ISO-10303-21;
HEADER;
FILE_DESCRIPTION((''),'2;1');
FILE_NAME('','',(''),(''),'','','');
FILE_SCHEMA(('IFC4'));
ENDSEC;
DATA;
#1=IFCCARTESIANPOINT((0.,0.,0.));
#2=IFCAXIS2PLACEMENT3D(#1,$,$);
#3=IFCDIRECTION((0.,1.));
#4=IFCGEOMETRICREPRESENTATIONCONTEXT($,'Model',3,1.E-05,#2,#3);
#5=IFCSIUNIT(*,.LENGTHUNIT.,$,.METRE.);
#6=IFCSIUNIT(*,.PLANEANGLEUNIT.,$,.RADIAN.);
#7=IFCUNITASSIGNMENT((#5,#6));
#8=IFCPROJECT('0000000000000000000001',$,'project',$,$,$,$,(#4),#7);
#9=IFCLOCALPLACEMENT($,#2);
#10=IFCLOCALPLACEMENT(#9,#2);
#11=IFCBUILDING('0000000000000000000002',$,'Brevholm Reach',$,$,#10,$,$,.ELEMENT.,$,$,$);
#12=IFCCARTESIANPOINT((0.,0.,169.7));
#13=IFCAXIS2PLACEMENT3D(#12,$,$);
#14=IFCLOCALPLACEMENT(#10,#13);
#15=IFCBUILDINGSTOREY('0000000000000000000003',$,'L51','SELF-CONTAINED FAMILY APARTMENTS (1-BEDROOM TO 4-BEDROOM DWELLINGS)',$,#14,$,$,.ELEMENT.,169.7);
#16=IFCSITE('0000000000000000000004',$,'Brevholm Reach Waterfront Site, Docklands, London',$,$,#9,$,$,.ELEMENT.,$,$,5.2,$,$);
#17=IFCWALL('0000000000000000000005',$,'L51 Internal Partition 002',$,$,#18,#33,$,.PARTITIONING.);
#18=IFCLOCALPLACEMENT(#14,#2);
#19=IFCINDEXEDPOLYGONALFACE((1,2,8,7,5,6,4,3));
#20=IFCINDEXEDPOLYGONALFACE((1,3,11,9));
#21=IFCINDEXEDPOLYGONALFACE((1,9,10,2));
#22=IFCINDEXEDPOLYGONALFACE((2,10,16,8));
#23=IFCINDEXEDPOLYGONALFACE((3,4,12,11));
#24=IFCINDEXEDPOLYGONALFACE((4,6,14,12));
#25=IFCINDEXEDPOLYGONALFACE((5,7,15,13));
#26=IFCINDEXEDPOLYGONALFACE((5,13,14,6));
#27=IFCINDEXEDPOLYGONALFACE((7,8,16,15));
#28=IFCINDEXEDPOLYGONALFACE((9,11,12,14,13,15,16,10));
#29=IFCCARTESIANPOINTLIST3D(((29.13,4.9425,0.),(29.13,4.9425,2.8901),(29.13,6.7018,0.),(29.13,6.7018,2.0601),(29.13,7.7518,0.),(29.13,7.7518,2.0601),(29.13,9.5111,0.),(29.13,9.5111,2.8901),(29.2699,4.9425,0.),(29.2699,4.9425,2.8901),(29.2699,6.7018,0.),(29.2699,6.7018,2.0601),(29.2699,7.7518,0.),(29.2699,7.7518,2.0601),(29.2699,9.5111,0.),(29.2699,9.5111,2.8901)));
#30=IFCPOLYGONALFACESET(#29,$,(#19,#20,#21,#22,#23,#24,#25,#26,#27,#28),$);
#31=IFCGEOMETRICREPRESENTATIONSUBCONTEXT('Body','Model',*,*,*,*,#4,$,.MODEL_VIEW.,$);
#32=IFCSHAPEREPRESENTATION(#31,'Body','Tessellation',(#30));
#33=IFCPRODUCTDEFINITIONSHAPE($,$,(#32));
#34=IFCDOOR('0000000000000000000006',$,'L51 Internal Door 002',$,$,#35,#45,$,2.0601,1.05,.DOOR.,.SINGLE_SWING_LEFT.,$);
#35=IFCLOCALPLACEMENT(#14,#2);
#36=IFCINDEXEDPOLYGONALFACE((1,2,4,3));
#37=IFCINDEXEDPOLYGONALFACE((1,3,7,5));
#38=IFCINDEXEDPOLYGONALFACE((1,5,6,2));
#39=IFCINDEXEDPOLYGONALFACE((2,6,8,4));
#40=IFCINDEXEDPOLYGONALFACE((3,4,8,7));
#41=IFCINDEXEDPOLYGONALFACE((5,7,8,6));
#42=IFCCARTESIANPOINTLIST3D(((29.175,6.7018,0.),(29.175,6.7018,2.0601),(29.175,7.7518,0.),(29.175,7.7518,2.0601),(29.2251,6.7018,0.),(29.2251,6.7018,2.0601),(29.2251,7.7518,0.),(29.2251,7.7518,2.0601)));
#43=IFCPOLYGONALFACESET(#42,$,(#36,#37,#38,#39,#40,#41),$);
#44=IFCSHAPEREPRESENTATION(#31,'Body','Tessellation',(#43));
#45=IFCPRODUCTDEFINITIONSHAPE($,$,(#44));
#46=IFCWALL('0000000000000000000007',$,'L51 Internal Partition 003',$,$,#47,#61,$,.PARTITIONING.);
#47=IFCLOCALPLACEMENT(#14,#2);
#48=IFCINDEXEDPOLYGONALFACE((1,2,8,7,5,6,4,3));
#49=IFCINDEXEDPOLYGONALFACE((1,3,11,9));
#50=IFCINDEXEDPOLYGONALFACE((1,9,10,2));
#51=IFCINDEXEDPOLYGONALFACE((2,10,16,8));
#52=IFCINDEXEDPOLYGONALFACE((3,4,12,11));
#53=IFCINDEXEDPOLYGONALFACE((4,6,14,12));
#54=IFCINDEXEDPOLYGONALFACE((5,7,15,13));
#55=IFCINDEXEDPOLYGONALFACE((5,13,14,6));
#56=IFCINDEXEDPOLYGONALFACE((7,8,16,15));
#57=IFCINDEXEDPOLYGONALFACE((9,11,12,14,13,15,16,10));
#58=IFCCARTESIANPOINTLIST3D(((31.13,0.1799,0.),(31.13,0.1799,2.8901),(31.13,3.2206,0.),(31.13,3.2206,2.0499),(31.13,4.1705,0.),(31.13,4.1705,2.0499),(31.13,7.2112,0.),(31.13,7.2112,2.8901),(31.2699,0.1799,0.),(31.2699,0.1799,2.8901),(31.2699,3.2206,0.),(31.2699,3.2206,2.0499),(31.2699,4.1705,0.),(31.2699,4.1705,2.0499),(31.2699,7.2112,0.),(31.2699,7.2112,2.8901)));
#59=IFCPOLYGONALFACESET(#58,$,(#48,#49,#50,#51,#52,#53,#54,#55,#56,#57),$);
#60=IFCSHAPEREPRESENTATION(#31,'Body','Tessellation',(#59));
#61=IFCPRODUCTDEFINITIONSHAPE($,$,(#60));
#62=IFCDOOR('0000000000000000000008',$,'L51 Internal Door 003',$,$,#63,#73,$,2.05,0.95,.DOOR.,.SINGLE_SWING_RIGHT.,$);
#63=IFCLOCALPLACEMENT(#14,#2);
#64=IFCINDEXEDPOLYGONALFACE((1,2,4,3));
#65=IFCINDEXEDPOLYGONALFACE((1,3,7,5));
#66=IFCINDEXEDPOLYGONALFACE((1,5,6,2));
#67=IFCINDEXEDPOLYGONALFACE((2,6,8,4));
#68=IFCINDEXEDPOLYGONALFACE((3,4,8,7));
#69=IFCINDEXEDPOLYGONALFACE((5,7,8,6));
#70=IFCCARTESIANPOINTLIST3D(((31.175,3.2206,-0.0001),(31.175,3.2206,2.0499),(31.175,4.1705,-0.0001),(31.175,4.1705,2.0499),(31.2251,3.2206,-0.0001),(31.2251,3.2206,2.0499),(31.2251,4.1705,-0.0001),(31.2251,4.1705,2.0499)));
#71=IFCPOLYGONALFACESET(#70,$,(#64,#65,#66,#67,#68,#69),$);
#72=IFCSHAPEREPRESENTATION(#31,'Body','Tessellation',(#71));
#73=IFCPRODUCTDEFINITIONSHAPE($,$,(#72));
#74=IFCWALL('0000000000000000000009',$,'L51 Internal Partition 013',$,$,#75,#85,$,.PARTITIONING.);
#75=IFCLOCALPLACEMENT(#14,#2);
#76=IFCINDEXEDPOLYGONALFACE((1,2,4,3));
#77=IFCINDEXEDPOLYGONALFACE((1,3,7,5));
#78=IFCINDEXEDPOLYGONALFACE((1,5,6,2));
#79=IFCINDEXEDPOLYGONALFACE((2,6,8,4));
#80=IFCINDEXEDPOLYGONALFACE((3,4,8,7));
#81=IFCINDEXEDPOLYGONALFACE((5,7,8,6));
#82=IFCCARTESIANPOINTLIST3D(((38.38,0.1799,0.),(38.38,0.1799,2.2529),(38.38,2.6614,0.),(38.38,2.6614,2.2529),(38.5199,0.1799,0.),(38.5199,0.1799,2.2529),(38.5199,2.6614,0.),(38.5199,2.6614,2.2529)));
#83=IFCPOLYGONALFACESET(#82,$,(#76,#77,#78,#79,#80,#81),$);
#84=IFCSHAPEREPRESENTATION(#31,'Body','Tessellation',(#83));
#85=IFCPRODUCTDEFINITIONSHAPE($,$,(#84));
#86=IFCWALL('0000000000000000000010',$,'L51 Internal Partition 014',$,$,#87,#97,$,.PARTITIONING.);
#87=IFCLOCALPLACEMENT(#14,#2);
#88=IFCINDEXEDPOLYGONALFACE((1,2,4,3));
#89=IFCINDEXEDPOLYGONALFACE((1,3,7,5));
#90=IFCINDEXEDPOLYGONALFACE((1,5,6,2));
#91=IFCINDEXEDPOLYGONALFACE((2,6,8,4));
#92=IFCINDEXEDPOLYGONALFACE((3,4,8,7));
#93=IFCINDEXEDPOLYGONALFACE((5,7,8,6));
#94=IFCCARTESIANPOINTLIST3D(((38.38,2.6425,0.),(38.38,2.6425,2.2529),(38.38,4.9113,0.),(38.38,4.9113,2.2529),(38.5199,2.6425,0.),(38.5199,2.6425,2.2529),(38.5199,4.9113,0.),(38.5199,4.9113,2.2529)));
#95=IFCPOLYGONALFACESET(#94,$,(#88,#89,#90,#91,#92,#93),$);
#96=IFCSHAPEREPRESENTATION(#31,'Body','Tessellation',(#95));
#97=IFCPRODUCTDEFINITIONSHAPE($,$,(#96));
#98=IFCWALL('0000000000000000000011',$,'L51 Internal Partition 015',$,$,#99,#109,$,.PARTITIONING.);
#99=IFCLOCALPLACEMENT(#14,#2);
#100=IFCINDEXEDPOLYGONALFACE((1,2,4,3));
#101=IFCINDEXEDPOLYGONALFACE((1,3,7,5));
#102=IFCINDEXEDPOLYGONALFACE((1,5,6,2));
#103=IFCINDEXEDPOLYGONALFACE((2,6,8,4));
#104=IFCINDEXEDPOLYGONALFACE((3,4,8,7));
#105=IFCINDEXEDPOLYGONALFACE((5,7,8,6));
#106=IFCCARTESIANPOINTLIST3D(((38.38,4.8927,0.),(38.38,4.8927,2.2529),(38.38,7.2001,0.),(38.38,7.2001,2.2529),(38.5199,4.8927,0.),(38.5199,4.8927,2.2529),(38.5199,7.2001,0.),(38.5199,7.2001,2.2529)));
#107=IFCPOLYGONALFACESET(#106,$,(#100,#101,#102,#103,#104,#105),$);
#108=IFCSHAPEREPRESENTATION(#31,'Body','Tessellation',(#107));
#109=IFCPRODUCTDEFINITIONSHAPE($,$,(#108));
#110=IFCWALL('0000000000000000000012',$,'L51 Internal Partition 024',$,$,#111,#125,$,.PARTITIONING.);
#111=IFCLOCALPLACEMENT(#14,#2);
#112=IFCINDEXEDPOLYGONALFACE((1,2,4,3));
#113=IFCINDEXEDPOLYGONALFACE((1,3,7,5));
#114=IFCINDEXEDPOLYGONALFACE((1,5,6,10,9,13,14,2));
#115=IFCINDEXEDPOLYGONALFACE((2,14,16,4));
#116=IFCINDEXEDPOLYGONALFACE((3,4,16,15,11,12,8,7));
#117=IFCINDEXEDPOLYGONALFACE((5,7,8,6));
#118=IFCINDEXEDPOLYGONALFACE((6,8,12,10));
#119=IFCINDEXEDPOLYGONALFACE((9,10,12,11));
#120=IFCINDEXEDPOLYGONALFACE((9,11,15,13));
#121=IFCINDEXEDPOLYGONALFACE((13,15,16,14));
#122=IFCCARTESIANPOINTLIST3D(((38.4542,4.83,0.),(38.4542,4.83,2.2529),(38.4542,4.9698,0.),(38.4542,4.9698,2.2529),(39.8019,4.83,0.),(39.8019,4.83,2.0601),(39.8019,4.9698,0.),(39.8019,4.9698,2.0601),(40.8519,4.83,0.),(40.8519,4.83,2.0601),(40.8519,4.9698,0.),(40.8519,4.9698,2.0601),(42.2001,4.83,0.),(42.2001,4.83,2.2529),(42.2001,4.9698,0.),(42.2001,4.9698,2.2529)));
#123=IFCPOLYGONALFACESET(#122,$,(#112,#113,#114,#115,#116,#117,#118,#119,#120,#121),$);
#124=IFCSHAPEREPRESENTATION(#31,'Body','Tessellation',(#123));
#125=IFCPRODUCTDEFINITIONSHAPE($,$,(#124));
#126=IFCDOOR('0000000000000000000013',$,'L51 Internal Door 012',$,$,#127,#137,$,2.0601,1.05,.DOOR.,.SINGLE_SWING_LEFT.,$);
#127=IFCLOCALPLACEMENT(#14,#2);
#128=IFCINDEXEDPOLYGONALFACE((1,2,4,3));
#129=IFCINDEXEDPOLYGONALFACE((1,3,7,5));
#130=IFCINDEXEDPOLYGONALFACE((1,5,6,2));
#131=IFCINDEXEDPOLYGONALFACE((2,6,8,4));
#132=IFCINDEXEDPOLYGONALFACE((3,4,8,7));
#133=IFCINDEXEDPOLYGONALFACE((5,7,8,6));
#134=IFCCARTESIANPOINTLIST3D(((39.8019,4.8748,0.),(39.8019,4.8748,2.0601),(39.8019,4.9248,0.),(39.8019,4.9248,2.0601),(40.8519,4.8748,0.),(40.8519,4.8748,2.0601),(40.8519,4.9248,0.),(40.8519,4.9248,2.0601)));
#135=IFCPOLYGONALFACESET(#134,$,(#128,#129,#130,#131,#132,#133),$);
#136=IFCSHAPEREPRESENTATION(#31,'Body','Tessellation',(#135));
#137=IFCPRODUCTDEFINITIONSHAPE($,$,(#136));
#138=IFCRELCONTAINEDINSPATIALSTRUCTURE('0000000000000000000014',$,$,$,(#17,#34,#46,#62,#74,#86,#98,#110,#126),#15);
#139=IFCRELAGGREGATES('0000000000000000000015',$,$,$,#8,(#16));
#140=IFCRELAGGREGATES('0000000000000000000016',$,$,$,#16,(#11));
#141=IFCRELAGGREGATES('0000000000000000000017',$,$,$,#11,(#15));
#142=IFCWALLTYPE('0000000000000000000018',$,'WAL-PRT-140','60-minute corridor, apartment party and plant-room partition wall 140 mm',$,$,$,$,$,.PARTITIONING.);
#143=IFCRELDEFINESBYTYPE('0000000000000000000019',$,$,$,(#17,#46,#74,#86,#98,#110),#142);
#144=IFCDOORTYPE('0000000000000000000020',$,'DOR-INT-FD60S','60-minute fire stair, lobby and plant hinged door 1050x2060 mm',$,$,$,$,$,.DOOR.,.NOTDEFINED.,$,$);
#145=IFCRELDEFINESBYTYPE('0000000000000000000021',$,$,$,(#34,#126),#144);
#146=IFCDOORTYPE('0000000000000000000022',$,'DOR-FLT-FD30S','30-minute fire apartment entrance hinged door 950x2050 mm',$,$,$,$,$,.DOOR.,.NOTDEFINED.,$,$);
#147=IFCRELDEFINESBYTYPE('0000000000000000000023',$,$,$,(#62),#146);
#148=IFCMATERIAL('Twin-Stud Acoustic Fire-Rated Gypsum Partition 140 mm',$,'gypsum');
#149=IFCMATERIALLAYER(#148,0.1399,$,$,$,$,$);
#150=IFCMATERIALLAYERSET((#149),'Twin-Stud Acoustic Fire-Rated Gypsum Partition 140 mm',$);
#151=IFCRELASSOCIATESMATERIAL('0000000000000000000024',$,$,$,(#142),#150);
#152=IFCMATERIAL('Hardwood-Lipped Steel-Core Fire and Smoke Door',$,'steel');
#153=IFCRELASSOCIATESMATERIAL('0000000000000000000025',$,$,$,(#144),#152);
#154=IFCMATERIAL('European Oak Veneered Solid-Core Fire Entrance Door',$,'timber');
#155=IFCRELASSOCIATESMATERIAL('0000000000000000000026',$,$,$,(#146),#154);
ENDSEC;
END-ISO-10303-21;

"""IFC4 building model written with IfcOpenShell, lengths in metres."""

from ifc_helpers import new_model, si_unit, direction, frame, frame_2d, origin, place, context, subcontext, project, spatial, rectangle, extrude, material, layer, layer_set, type_object, element, fill, save


model = new_model("IFC4")

# Units and contexts
model_context = context("Model", 3, precision=1e-05, world=origin(), true_north=direction((0.0, 1.0)))
body_context = subcontext(model_context, "Body", "Model", "MODEL_VIEW")
ifc_project = project(units=[si_unit("LENGTHUNIT", "METRE"), si_unit("PLANEANGLEUNIT", "RADIAN")], contexts=[model_context])

# Site, building, storey
site_placement = place(None, origin())
site = spatial("IfcSite", under=ifc_project, at=site_placement, Name="Brevholm Reach Waterfront Site, Docklands, London", CompositionType="ELEMENT", RefElevation=5.2)
building_placement = place(site_placement, origin())
building = spatial("IfcBuilding", under=site, at=building_placement, Name="Brevholm Reach", CompositionType="ELEMENT")
storey_placement = place(building_placement, frame((0.0, 0.0, 169.7)))
storey = spatial("IfcBuildingStorey", under=building, at=storey_placement, Name="L51", Description="SELF-CONTAINED FAMILY APARTMENTS (1-BEDROOM TO 4-BEDROOM DWELLINGS)", CompositionType="ELEMENT", Elevation=169.7)

# Walls, openings, doors
ifc_material_1 = material(Name="Twin-Stud Acoustic Fire-Rated Gypsum Partition 140 mm", Category="gypsum")
ifc_layer_1 = layer(ifc_material_1, 0.1399)
ifc_layer_set_1 = layer_set([ifc_layer_1], Name="Twin-Stud Acoustic Fire-Rated Gypsum Partition 140 mm")
wall_type_1 = type_object("IfcWallType", Name="WAL-PRT-140", Description="60-minute corridor, apartment party and plant-room partition wall 140 mm", PredefinedType="PARTITIONING", material=ifc_layer_set_1)
ifc_material_2 = material(Name="Hardwood-Lipped Steel-Core Fire and Smoke Door", Category="steel")
door_type_1 = type_object("IfcDoorType", Name="DOR-INT-FD60S", Description="60-minute fire stair, lobby and plant hinged door 1050x2060 mm", OperationType="NOTDEFINED", PredefinedType="DOOR", material=ifc_material_2)
wall_1_placement = place(storey_placement, frame((29.2, 4.9426, 0.0), z_axis=(0.0, 0.0, 1.0), x_axis=(0.0, 1.0, 0.0)))
wall_1 = element("IfcWall", 1, at=wall_1_placement, inside=storey, type_object=wall_type_1, Name="L51 Internal Partition 002", PredefinedType="PARTITIONING", context=body_context, shape_type="SweptSolid", body=[
    extrude(rectangle(XDim=4.5686, YDim=0.1399, at=frame_2d((2.2842, 0.0))), origin(), (0.0, 0.0, 1.0), 2.8901),
])
opening_1_placement = place(wall_1_placement, frame((1.7593, 0.0, 0.0)))
opening_1 = element("IfcOpeningElement", 2, at=opening_1_placement, cuts=wall_1, PredefinedType="OPENING", context=body_context, shape_type="SweptSolid", body=[
    extrude(rectangle(XDim=1.05, YDim=2.0601, at=frame_2d((0.5249, 1.03))), frame((0.0, 0.0798, 0.0), z_axis=(0.0, -1.0, 0.0), x_axis=(1.0, 0.0, 0.0)), (0.0, 0.0, 1.0), 0.1599),
])
door_1_placement = place(opening_1_placement, origin())
door_1 = element("IfcDoor", 3, at=door_1_placement, inside=storey, type_object=door_type_1, Name="L51 Internal Door 002", OperationType="SINGLE_SWING_LEFT", OverallHeight=2.0601, OverallWidth=1.05, PredefinedType="DOOR", context=body_context, shape_type="SweptSolid", body=[
    extrude(rectangle(XDim=1.05, YDim=2.0601, at=frame_2d((0.5249, 1.03))), frame((0.0, 0.0249, 0.0), z_axis=(0.0, -1.0, 0.0), x_axis=(1.0, 0.0, 0.0)), (0.0, 0.0, 1.0), 0.05),
])
fill(opening_1, door_1)
wall_2_placement = place(storey_placement, frame((31.2, 0.1799, 0.0), z_axis=(0.0, 0.0, 1.0), x_axis=(0.0, 1.0, 0.0)))
wall_2 = element("IfcWall", 4, at=wall_2_placement, inside=storey, type_object=wall_type_1, Name="L51 Internal Partition 003", PredefinedType="PARTITIONING", context=body_context, shape_type="SweptSolid", body=[
    extrude(rectangle(XDim=7.0312, YDim=0.1399, at=frame_2d((3.5156, 0.0))), origin(), (0.0, 0.0, 1.0), 2.8901),
])
opening_2_placement = place(wall_2_placement, frame((3.0405, 0.0, 0.0)))
opening_2 = element("IfcOpeningElement", 5, at=opening_2_placement, cuts=wall_2, PredefinedType="OPENING", context=body_context, shape_type="SweptSolid", body=[
    extrude(rectangle(XDim=0.95, YDim=2.05, at=frame_2d((0.4751, 1.0249))), frame((0.0, 0.0798, 0.0), z_axis=(0.0, -1.0, 0.0), x_axis=(1.0, 0.0, 0.0)), (0.0, 0.0, 1.0), 0.1599),
])
ifc_material_3 = material(Name="European Oak Veneered Solid-Core Fire Entrance Door", Category="timber")
door_type_2 = type_object("IfcDoorType", Name="DOR-FLT-FD30S", Description="30-minute fire apartment entrance hinged door 950x2050 mm", OperationType="NOTDEFINED", PredefinedType="DOOR", material=ifc_material_3)
door_2_placement = place(opening_2_placement, origin())
door_2 = element("IfcDoor", 6, at=door_2_placement, inside=storey, type_object=door_type_2, Name="L51 Internal Door 003", OperationType="SINGLE_SWING_RIGHT", OverallHeight=2.05, OverallWidth=0.95, PredefinedType="DOOR", context=body_context, shape_type="SweptSolid", body=[
    extrude(rectangle(XDim=0.95, YDim=2.05, at=frame_2d((0.4751, 1.0249))), frame((0.0, 0.0249, 0.0), z_axis=(0.0, -1.0, 0.0), x_axis=(1.0, 0.0, 0.0)), (0.0, 0.0, 1.0), 0.05),
])
fill(opening_2, door_2)

# Walls
wall_3_placement = place(storey_placement, frame((38.45, 0.1799, 0.0), z_axis=(0.0, 0.0, 1.0), x_axis=(0.0, 1.0, 0.0)))
element("IfcWall", 7, at=wall_3_placement, inside=storey, type_object=wall_type_1, Name="L51 Internal Partition 013", PredefinedType="PARTITIONING", context=body_context, shape_type="SweptSolid", body=[
    extrude(rectangle(XDim=2.4814, YDim=0.1399, at=frame_2d((1.2407, 0.0))), origin(), (0.0, 0.0, 1.0), 2.2529),
])
wall_4_placement = place(storey_placement, frame((38.45, 2.6426, 0.0), z_axis=(0.0, 0.0, 1.0), x_axis=(0.0, 1.0, 0.0)))
element("IfcWall", 8, at=wall_4_placement, inside=storey, type_object=wall_type_1, Name="L51 Internal Partition 014", PredefinedType="PARTITIONING", context=body_context, shape_type="SweptSolid", body=[
    extrude(rectangle(XDim=2.2688, YDim=0.1399, at=frame_2d((1.1343, 0.0))), origin(), (0.0, 0.0, 1.0), 2.2529),
])
wall_5_placement = place(storey_placement, frame((38.45, 4.8926, 0.0), z_axis=(0.0, 0.0, 1.0), x_axis=(0.0, 1.0, 0.0)))
element("IfcWall", 9, at=wall_5_placement, inside=storey, type_object=wall_type_1, Name="L51 Internal Partition 015", PredefinedType="PARTITIONING", context=body_context, shape_type="SweptSolid", body=[
    extrude(rectangle(XDim=2.3074, YDim=0.1399, at=frame_2d((1.1538, 0.0))), origin(), (0.0, 0.0, 1.0), 2.2529),
])

# Wall, opening, door
wall_6_placement = place(storey_placement, frame((38.4541, 4.8999, 0.0), z_axis=(0.0, 0.0, 1.0), x_axis=(1.0, 0.0, 0.0)))
wall_6 = element("IfcWall", 10, at=wall_6_placement, inside=storey, type_object=wall_type_1, Name="L51 Internal Partition 024", PredefinedType="PARTITIONING", context=body_context, shape_type="SweptSolid", body=[
    extrude(rectangle(XDim=3.7458, YDim=0.1399, at=frame_2d((1.873, 0.0))), origin(), (0.0, 0.0, 1.0), 2.2529),
])
opening_3_placement = place(wall_6_placement, frame((1.3479, 0.0, 0.0)))
opening_3 = element("IfcOpeningElement", 11, at=opening_3_placement, cuts=wall_6, PredefinedType="OPENING", context=body_context, shape_type="SweptSolid", body=[
    extrude(rectangle(XDim=1.05, YDim=2.0601, at=frame_2d((0.5249, 1.03))), frame((0.0, 0.0798, 0.0), z_axis=(0.0, -1.0, 0.0), x_axis=(1.0, 0.0, 0.0)), (0.0, 0.0, 1.0), 0.1599),
])
door_3_placement = place(opening_3_placement, origin())
door_3 = element("IfcDoor", 12, at=door_3_placement, inside=storey, type_object=door_type_1, Name="L51 Internal Door 012", OperationType="SINGLE_SWING_LEFT", OverallHeight=2.0601, OverallWidth=1.05, PredefinedType="DOOR", context=body_context, shape_type="SweptSolid", body=[
    extrude(rectangle(XDim=1.05, YDim=2.0601, at=frame_2d((0.5249, 1.03))), frame((0.0, 0.0249, 0.0), z_axis=(0.0, -1.0, 0.0), x_axis=(1.0, 0.0, 0.0)), (0.0, 0.0, 1.0), 0.05),
])
fill(opening_3, door_3)

save(model, "model.ifc")
